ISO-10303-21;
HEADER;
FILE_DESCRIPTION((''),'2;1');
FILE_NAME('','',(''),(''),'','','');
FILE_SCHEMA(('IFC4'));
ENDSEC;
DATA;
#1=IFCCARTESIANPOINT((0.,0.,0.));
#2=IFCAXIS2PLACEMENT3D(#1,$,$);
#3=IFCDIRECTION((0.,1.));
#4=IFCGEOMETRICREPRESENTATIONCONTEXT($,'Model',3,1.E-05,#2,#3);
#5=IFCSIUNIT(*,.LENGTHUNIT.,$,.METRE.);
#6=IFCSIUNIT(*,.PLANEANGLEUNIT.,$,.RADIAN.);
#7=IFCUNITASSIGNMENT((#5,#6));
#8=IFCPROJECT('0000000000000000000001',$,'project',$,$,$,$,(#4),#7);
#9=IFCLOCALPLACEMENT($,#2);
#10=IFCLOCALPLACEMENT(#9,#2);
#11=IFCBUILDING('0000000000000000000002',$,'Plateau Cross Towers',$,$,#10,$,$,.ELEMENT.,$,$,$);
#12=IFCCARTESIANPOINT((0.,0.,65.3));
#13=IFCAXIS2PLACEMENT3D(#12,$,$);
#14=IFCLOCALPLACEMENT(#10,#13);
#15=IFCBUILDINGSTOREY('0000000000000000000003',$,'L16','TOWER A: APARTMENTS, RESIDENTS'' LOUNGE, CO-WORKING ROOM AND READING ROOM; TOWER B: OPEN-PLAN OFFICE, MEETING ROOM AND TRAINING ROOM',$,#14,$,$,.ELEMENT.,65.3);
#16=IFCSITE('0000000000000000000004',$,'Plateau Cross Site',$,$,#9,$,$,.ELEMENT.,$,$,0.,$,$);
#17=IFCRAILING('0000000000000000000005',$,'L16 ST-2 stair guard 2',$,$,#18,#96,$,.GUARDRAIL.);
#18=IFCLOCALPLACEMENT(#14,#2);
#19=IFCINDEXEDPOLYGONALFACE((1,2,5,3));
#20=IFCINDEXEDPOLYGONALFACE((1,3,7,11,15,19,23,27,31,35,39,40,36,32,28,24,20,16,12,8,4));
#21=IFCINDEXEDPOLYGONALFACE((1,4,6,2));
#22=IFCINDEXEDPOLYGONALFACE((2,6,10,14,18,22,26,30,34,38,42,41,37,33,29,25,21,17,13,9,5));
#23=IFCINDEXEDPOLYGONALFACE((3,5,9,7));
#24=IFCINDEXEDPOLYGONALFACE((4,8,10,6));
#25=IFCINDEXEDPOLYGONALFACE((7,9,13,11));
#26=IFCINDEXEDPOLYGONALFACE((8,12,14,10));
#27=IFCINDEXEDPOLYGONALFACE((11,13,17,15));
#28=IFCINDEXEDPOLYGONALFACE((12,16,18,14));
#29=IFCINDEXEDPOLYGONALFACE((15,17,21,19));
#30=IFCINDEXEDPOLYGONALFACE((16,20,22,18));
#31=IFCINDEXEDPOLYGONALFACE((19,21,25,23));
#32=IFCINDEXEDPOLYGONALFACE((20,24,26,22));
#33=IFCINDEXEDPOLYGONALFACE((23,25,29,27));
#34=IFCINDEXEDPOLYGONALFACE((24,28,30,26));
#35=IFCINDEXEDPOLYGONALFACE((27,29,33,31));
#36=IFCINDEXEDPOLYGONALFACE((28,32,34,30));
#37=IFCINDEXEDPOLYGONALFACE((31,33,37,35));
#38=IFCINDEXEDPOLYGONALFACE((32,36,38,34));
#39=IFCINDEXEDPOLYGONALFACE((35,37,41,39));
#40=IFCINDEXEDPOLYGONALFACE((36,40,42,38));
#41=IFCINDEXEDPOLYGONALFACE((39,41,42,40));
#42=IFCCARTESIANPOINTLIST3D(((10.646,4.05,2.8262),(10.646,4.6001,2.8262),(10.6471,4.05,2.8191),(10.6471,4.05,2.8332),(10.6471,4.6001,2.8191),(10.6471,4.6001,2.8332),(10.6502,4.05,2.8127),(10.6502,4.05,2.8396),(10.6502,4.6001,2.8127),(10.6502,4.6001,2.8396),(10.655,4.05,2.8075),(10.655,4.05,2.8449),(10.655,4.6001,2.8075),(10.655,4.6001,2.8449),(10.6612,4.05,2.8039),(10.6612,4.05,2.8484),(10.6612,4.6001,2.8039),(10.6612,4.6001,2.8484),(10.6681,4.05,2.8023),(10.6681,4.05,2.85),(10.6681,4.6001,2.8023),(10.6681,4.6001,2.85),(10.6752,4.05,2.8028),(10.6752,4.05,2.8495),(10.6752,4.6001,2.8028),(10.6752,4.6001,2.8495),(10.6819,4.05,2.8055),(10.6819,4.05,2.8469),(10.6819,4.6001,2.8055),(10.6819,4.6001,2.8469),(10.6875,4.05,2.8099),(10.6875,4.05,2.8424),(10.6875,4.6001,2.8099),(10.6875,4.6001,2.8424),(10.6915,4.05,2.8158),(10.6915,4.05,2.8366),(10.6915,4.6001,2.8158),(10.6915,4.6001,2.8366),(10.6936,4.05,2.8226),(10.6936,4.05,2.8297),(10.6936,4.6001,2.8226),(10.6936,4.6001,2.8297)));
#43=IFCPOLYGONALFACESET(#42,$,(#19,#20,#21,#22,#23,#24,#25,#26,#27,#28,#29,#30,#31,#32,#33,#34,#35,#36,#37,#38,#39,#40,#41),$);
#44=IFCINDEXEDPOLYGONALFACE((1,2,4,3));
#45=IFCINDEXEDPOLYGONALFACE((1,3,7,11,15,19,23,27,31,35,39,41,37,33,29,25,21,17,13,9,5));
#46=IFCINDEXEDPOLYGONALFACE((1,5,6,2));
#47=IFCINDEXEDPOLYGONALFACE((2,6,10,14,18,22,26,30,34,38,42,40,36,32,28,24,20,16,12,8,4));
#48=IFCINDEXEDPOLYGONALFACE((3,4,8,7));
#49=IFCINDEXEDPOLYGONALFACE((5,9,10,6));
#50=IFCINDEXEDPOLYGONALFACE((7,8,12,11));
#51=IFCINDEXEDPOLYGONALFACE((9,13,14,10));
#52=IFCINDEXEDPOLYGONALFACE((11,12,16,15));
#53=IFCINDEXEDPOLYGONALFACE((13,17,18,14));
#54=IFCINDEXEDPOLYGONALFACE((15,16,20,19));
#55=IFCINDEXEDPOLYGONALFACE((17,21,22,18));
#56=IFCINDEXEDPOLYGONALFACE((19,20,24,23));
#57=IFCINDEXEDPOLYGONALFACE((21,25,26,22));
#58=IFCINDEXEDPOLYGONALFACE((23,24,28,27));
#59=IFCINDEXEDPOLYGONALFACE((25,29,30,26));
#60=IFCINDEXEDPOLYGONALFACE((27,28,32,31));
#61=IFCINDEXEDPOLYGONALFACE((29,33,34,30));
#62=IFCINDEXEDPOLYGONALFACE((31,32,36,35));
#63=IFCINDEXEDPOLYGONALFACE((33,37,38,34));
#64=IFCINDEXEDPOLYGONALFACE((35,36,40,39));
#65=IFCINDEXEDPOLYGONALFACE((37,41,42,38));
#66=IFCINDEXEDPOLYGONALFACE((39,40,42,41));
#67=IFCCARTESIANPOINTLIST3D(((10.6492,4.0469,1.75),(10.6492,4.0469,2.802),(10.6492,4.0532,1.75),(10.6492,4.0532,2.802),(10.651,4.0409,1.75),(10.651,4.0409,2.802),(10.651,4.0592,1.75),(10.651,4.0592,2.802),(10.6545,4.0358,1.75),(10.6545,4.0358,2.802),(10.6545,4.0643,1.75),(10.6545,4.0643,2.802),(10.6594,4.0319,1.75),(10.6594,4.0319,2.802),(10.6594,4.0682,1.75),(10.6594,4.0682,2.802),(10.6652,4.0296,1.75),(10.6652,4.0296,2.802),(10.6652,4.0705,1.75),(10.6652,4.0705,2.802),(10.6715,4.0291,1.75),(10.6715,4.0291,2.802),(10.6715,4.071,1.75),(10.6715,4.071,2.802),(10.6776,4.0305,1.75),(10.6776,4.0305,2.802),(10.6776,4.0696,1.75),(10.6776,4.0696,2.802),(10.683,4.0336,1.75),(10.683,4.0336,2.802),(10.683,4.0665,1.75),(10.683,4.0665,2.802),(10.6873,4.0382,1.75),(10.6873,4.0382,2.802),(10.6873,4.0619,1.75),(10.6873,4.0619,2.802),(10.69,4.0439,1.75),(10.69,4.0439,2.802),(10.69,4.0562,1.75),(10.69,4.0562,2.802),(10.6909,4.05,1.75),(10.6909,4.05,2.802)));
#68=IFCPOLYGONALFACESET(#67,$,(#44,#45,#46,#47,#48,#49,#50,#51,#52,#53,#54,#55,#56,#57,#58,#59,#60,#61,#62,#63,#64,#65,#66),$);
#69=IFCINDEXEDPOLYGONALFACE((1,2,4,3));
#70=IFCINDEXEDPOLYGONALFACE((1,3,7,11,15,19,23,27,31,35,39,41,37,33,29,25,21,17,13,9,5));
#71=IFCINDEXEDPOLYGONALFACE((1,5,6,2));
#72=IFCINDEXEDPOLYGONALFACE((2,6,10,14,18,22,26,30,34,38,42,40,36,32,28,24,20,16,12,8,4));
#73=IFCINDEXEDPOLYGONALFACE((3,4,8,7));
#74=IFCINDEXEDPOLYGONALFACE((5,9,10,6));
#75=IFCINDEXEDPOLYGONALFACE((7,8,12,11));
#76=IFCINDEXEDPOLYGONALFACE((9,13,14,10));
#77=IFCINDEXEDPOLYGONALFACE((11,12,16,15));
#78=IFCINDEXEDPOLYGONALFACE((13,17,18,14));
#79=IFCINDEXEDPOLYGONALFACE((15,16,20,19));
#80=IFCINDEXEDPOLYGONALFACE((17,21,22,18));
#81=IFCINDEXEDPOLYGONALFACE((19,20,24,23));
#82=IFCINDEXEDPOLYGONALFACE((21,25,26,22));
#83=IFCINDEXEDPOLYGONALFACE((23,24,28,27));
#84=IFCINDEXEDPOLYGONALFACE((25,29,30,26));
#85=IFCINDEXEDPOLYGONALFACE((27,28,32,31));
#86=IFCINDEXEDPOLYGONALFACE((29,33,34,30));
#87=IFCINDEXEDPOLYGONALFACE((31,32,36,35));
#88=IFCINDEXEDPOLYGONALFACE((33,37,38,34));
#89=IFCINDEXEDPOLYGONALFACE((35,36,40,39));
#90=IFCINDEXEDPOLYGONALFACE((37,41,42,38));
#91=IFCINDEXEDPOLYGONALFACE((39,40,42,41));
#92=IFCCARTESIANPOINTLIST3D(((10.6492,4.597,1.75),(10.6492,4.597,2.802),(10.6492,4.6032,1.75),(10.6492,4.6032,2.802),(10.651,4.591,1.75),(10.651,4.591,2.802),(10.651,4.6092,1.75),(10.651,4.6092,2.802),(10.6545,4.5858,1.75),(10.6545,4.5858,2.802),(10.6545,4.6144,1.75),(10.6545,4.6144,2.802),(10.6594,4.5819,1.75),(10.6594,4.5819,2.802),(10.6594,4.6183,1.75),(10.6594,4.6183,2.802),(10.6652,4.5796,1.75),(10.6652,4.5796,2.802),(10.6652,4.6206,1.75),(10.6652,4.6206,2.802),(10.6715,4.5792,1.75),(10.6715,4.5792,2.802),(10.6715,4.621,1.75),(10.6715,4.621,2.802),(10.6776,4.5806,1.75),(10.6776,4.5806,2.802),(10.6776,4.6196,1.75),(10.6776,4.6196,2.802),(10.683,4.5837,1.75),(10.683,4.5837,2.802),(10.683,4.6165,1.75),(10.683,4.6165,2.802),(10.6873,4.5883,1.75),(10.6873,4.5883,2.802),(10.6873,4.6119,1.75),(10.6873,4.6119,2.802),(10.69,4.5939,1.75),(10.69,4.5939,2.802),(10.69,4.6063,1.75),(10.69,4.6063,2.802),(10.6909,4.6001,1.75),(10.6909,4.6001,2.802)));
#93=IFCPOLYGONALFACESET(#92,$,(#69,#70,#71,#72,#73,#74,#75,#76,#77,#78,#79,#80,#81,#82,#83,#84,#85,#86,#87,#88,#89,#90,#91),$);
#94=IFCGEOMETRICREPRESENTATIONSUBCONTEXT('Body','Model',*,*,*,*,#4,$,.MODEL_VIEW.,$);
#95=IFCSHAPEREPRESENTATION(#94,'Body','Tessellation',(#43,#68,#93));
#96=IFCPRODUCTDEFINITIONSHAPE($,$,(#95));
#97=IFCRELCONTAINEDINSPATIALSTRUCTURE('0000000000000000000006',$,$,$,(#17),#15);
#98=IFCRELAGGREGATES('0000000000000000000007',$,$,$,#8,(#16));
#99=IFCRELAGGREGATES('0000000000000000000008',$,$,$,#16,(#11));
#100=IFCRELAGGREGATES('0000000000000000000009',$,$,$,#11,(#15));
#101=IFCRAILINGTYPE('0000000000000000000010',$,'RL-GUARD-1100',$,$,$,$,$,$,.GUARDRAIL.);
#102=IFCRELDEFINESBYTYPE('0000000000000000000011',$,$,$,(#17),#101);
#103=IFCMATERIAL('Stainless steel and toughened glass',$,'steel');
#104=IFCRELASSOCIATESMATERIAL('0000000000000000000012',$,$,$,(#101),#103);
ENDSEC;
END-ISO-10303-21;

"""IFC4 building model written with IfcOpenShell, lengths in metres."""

from ifc_helpers import new_model, si_unit, direction, frame, origin, origin_2d, place, context, subcontext, project, spatial, circle, extrude, material, type_object, element, save


model = new_model("IFC4")

# Units and contexts
model_context = context("Model", 3, precision=1e-05, world=origin(), true_north=direction((0.0, 1.0)))
body_context = subcontext(model_context, "Body", "Model", "MODEL_VIEW")
ifc_project = project(units=[si_unit("LENGTHUNIT", "METRE"), si_unit("PLANEANGLEUNIT", "RADIAN")], contexts=[model_context])

# Site, building, storey
site_placement = place(None, origin())
site = spatial("IfcSite", under=ifc_project, at=site_placement, Name="Plateau Cross Site", CompositionType="ELEMENT", RefElevation=0.0)
building_placement = place(site_placement, origin())
building = spatial("IfcBuilding", under=site, at=building_placement, Name="Plateau Cross Towers", CompositionType="ELEMENT")
storey_placement = place(building_placement, frame((0.0, 0.0, 65.3)))
storey = spatial("IfcBuildingStorey", under=building, at=storey_placement, Name="L16", Description="TOWER A: APARTMENTS, RESIDENTS' LOUNGE, CO-WORKING ROOM AND READING ROOM; TOWER B: OPEN-PLAN OFFICE, MEETING ROOM AND TRAINING ROOM", CompositionType="ELEMENT", Elevation=65.3)

# Railing
ifc_material_1 = material(Name="Stainless steel and toughened glass", Category="steel")
railing_type_1 = type_object("IfcRailingType", Name="RL-GUARD-1100", PredefinedType="GUARDRAIL", material=ifc_material_1)
railing_1_placement = place(storey_placement, frame((10.6699, 4.05, 1.75)))
element("IfcRailing", 1, at=railing_1_placement, inside=storey, type_object=railing_type_1, Name="L16 ST-2 stair guard 2", PredefinedType="GUARDRAIL", context=body_context, shape_type="SweptSolid", body=[
    extrude(circle(Radius=0.0239, at=origin_2d()), frame((0.0, 0.0, 1.0762), z_axis=(0.0, 1.0, 0.0), x_axis=(-1.0, 0.0, 0.0)), (0.0, 0.0, 1.0), 0.55),
    extrude(circle(Radius=0.021, at=origin_2d()), origin(), (0.0, 0.0, 1.0), 1.052),
    extrude(circle(Radius=0.021, at=origin_2d()), frame((0.0, 0.55, 0.0)), (0.0, 0.0, 1.0), 1.052),
])

save(model, "model.ifc")
